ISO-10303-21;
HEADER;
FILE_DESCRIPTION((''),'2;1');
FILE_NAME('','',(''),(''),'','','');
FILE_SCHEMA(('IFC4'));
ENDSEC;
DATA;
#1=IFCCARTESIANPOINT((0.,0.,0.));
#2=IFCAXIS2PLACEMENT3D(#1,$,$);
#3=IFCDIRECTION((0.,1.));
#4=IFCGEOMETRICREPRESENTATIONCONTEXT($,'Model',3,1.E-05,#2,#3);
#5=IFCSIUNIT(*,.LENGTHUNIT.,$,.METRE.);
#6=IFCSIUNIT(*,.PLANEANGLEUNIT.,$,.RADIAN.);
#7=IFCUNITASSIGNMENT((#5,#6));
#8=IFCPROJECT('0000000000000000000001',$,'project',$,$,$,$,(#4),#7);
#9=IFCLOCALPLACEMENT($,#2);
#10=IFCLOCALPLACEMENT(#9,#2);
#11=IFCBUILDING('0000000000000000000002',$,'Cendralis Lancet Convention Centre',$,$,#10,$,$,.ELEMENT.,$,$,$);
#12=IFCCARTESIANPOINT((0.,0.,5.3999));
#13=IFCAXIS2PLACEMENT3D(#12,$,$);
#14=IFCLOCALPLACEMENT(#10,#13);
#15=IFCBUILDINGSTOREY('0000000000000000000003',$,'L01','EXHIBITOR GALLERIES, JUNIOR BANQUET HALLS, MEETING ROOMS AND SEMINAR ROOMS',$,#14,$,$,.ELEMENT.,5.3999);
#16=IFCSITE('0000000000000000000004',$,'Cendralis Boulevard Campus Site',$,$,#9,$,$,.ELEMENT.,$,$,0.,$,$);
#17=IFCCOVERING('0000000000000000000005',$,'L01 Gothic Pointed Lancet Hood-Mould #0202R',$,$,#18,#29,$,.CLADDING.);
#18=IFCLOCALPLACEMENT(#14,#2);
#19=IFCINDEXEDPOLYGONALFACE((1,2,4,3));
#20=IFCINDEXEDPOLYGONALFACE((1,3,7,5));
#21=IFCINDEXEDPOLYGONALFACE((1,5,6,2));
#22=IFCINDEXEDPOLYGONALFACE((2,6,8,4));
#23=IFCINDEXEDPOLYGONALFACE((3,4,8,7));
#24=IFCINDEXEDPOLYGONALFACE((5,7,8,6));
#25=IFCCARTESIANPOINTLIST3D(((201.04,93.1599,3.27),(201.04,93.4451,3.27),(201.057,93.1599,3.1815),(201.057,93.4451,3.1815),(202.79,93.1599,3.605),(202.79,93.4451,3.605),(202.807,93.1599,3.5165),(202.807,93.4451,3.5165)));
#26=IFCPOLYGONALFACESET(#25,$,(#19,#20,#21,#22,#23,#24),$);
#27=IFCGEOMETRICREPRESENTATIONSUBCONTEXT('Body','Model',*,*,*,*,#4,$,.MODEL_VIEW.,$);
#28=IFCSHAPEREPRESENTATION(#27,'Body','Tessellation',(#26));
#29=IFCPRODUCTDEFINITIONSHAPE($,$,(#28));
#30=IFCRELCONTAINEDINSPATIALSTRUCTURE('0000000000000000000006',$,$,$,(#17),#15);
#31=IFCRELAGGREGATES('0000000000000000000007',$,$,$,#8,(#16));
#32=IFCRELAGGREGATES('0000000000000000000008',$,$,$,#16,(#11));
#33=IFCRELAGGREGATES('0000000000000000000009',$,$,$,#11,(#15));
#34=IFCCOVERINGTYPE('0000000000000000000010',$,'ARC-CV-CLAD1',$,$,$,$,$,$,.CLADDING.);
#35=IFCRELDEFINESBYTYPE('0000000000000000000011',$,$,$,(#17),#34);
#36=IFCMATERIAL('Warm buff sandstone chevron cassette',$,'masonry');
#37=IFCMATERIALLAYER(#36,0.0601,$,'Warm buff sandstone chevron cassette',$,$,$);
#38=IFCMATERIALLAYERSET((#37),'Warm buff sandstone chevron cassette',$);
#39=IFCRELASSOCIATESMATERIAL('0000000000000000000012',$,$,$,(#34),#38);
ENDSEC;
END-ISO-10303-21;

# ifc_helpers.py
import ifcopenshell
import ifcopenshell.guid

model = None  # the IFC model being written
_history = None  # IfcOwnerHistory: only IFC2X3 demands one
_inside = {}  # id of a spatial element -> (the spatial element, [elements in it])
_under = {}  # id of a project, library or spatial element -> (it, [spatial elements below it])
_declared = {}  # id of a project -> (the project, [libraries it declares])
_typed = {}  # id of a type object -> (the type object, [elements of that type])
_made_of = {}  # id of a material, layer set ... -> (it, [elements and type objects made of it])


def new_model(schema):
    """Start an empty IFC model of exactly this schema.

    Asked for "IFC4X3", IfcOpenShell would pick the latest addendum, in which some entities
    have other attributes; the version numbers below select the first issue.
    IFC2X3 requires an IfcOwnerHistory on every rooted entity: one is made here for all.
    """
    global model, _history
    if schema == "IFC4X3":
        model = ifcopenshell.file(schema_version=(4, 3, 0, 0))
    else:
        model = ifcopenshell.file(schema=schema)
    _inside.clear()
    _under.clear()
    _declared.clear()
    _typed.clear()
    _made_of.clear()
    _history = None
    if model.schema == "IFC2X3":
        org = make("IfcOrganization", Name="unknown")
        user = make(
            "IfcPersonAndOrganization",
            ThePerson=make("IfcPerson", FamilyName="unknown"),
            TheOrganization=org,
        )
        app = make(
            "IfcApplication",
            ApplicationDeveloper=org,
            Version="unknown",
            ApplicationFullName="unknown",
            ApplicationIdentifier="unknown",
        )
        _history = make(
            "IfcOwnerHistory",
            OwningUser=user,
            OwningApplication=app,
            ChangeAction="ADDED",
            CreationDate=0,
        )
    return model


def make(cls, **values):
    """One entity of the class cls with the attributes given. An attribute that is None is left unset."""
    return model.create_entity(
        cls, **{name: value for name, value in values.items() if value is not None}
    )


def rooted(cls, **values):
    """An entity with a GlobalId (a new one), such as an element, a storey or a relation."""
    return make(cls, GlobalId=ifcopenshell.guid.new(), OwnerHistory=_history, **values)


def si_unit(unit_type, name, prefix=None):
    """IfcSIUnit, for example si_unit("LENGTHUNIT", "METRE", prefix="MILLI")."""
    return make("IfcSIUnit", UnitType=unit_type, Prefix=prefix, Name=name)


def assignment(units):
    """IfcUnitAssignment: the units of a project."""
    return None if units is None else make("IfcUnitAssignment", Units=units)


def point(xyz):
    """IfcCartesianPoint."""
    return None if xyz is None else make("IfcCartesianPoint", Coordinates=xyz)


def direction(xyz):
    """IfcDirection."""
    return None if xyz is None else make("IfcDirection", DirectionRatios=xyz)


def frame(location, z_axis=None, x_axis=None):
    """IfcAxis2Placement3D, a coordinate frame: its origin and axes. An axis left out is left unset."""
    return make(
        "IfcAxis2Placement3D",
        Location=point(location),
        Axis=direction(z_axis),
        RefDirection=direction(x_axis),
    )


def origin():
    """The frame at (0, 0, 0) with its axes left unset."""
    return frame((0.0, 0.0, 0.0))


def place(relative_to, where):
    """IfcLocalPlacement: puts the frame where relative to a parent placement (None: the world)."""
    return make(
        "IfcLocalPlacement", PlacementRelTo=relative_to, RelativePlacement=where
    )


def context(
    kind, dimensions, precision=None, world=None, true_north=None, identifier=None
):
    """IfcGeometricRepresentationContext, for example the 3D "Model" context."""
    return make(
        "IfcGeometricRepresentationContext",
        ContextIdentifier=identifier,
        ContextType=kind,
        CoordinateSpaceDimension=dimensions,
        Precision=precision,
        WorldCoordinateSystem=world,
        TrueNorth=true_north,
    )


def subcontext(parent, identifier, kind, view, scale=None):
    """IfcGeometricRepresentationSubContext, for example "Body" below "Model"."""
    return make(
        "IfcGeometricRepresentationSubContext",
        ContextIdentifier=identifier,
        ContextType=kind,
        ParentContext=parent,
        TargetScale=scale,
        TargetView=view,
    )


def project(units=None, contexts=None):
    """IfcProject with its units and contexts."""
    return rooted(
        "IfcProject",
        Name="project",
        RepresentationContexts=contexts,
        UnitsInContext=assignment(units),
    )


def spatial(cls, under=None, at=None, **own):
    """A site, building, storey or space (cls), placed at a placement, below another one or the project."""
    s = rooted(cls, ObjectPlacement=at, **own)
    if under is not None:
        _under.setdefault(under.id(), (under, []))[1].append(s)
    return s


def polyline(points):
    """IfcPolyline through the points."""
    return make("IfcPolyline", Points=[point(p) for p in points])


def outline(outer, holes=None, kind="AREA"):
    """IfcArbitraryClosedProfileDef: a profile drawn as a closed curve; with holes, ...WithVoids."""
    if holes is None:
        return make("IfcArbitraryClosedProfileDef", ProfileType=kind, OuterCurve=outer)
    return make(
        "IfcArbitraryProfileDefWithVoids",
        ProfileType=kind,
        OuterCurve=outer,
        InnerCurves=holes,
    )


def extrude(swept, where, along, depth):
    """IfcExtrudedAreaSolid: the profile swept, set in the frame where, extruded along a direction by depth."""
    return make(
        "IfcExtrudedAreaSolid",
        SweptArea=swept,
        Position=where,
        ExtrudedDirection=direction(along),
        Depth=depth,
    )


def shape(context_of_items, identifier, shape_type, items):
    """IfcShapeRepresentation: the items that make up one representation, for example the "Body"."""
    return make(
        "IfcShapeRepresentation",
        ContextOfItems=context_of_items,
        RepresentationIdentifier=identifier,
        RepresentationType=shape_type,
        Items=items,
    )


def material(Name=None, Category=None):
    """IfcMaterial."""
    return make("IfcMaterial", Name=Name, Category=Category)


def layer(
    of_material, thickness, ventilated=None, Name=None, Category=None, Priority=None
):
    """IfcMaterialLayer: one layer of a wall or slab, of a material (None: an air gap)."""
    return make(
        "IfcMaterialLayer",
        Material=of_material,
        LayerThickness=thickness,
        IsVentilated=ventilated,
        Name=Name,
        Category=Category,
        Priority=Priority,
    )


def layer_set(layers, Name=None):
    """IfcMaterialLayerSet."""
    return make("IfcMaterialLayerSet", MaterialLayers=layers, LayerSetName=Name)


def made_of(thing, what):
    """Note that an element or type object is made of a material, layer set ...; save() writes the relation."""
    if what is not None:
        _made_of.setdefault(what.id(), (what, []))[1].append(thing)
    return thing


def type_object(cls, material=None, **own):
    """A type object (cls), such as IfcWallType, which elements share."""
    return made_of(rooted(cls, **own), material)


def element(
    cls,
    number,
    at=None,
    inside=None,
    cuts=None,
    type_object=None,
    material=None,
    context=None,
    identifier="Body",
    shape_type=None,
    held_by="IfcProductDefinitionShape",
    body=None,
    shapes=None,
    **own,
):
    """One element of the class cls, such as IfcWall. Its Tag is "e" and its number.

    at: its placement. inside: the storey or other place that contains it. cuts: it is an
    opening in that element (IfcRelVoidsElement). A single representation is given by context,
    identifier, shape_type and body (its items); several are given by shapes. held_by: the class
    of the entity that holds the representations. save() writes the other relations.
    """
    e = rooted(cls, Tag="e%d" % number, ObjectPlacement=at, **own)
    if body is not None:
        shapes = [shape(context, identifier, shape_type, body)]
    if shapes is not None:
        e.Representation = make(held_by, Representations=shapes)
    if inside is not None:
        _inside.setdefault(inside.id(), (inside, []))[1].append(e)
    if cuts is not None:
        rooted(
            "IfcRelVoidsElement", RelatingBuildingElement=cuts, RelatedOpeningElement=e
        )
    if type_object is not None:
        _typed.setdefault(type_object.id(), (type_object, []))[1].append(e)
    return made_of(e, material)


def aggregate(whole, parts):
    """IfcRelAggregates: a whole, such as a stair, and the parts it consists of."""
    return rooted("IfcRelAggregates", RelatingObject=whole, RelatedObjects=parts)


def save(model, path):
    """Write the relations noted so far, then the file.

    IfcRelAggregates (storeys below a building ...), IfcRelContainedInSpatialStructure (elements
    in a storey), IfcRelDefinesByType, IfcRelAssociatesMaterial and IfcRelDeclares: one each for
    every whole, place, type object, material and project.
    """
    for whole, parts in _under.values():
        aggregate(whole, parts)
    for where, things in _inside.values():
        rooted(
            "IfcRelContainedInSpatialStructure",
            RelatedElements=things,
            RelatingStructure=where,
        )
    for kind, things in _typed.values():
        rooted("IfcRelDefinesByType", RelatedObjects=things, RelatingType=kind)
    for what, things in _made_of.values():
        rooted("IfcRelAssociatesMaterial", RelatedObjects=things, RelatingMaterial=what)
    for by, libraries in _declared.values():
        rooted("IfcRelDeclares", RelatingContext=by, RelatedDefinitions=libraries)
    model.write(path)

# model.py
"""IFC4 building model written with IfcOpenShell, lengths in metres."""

from ifc_helpers import new_model, si_unit, direction, frame, origin, place, context, subcontext, project, spatial, polyline, outline, extrude, material, layer, layer_set, type_object, element, save


model = new_model("IFC4")

# Units and contexts
model_context = context("Model", 3, precision=1e-05, world=origin(), true_north=direction((0.0, 1.0)))
body_context = subcontext(model_context, "Body", "Model", "MODEL_VIEW")
ifc_project = project(units=[si_unit("LENGTHUNIT", "METRE"), si_unit("PLANEANGLEUNIT", "RADIAN")], contexts=[model_context])

# Site, building, storey
site_placement = place(None, origin())
site = spatial("IfcSite", under=ifc_project, at=site_placement, Name="Cendralis Boulevard Campus Site", CompositionType="ELEMENT", RefElevation=0.0)
building_placement = place(site_placement, origin())
building = spatial("IfcBuilding", under=site, at=building_placement, Name="Cendralis Lancet Convention Centre", CompositionType="ELEMENT")
storey_placement = place(building_placement, frame((0.0, 0.0, 5.3999)))
storey = spatial("IfcBuildingStorey", under=building, at=storey_placement, Name="L01", Description="EXHIBITOR GALLERIES, JUNIOR BANQUET HALLS, MEETING ROOMS AND SEMINAR ROOMS", CompositionType="ELEMENT", Elevation=5.3999)

# Covering
ifc_material_1 = material(Name="Warm buff sandstone chevron cassette", Category="masonry")
ifc_layer_1 = layer(ifc_material_1, 0.0601, Name="Warm buff sandstone chevron cassette")
ifc_layer_set_1 = layer_set([ifc_layer_1], Name="Warm buff sandstone chevron cassette")
covering_type = type_object("IfcCoveringType", Name="ARC-CV-CLAD1", PredefinedType="CLADDING", material=ifc_layer_set_1)
for number, where, z_axis, x_axis, name in (
    (1, (202.79, 93.1599, 3.605), (-0.187994, 0.0, 0.98217), (0.0, 1.0, 0.0), "L01 Gothic Pointed Lancet Hood-Mould #0202R"),
):
    element("IfcCovering", number, at=place(storey_placement, frame(where, z_axis=z_axis, x_axis=x_axis)), inside=storey, type_object=covering_type, Name=name, PredefinedType="CLADDING", context=body_context, shape_type="SweptSolid", body=[
        extrude(outline(polyline([(0.0, 0.0), (0.2852, 0.0), (0.2852, 1.7818), (0.0, 1.7818), (0.0, 0.0)])), origin(), (0.0, 0.0, -1.0), 0.0901),
    ])

save(model, "model.ifc")
